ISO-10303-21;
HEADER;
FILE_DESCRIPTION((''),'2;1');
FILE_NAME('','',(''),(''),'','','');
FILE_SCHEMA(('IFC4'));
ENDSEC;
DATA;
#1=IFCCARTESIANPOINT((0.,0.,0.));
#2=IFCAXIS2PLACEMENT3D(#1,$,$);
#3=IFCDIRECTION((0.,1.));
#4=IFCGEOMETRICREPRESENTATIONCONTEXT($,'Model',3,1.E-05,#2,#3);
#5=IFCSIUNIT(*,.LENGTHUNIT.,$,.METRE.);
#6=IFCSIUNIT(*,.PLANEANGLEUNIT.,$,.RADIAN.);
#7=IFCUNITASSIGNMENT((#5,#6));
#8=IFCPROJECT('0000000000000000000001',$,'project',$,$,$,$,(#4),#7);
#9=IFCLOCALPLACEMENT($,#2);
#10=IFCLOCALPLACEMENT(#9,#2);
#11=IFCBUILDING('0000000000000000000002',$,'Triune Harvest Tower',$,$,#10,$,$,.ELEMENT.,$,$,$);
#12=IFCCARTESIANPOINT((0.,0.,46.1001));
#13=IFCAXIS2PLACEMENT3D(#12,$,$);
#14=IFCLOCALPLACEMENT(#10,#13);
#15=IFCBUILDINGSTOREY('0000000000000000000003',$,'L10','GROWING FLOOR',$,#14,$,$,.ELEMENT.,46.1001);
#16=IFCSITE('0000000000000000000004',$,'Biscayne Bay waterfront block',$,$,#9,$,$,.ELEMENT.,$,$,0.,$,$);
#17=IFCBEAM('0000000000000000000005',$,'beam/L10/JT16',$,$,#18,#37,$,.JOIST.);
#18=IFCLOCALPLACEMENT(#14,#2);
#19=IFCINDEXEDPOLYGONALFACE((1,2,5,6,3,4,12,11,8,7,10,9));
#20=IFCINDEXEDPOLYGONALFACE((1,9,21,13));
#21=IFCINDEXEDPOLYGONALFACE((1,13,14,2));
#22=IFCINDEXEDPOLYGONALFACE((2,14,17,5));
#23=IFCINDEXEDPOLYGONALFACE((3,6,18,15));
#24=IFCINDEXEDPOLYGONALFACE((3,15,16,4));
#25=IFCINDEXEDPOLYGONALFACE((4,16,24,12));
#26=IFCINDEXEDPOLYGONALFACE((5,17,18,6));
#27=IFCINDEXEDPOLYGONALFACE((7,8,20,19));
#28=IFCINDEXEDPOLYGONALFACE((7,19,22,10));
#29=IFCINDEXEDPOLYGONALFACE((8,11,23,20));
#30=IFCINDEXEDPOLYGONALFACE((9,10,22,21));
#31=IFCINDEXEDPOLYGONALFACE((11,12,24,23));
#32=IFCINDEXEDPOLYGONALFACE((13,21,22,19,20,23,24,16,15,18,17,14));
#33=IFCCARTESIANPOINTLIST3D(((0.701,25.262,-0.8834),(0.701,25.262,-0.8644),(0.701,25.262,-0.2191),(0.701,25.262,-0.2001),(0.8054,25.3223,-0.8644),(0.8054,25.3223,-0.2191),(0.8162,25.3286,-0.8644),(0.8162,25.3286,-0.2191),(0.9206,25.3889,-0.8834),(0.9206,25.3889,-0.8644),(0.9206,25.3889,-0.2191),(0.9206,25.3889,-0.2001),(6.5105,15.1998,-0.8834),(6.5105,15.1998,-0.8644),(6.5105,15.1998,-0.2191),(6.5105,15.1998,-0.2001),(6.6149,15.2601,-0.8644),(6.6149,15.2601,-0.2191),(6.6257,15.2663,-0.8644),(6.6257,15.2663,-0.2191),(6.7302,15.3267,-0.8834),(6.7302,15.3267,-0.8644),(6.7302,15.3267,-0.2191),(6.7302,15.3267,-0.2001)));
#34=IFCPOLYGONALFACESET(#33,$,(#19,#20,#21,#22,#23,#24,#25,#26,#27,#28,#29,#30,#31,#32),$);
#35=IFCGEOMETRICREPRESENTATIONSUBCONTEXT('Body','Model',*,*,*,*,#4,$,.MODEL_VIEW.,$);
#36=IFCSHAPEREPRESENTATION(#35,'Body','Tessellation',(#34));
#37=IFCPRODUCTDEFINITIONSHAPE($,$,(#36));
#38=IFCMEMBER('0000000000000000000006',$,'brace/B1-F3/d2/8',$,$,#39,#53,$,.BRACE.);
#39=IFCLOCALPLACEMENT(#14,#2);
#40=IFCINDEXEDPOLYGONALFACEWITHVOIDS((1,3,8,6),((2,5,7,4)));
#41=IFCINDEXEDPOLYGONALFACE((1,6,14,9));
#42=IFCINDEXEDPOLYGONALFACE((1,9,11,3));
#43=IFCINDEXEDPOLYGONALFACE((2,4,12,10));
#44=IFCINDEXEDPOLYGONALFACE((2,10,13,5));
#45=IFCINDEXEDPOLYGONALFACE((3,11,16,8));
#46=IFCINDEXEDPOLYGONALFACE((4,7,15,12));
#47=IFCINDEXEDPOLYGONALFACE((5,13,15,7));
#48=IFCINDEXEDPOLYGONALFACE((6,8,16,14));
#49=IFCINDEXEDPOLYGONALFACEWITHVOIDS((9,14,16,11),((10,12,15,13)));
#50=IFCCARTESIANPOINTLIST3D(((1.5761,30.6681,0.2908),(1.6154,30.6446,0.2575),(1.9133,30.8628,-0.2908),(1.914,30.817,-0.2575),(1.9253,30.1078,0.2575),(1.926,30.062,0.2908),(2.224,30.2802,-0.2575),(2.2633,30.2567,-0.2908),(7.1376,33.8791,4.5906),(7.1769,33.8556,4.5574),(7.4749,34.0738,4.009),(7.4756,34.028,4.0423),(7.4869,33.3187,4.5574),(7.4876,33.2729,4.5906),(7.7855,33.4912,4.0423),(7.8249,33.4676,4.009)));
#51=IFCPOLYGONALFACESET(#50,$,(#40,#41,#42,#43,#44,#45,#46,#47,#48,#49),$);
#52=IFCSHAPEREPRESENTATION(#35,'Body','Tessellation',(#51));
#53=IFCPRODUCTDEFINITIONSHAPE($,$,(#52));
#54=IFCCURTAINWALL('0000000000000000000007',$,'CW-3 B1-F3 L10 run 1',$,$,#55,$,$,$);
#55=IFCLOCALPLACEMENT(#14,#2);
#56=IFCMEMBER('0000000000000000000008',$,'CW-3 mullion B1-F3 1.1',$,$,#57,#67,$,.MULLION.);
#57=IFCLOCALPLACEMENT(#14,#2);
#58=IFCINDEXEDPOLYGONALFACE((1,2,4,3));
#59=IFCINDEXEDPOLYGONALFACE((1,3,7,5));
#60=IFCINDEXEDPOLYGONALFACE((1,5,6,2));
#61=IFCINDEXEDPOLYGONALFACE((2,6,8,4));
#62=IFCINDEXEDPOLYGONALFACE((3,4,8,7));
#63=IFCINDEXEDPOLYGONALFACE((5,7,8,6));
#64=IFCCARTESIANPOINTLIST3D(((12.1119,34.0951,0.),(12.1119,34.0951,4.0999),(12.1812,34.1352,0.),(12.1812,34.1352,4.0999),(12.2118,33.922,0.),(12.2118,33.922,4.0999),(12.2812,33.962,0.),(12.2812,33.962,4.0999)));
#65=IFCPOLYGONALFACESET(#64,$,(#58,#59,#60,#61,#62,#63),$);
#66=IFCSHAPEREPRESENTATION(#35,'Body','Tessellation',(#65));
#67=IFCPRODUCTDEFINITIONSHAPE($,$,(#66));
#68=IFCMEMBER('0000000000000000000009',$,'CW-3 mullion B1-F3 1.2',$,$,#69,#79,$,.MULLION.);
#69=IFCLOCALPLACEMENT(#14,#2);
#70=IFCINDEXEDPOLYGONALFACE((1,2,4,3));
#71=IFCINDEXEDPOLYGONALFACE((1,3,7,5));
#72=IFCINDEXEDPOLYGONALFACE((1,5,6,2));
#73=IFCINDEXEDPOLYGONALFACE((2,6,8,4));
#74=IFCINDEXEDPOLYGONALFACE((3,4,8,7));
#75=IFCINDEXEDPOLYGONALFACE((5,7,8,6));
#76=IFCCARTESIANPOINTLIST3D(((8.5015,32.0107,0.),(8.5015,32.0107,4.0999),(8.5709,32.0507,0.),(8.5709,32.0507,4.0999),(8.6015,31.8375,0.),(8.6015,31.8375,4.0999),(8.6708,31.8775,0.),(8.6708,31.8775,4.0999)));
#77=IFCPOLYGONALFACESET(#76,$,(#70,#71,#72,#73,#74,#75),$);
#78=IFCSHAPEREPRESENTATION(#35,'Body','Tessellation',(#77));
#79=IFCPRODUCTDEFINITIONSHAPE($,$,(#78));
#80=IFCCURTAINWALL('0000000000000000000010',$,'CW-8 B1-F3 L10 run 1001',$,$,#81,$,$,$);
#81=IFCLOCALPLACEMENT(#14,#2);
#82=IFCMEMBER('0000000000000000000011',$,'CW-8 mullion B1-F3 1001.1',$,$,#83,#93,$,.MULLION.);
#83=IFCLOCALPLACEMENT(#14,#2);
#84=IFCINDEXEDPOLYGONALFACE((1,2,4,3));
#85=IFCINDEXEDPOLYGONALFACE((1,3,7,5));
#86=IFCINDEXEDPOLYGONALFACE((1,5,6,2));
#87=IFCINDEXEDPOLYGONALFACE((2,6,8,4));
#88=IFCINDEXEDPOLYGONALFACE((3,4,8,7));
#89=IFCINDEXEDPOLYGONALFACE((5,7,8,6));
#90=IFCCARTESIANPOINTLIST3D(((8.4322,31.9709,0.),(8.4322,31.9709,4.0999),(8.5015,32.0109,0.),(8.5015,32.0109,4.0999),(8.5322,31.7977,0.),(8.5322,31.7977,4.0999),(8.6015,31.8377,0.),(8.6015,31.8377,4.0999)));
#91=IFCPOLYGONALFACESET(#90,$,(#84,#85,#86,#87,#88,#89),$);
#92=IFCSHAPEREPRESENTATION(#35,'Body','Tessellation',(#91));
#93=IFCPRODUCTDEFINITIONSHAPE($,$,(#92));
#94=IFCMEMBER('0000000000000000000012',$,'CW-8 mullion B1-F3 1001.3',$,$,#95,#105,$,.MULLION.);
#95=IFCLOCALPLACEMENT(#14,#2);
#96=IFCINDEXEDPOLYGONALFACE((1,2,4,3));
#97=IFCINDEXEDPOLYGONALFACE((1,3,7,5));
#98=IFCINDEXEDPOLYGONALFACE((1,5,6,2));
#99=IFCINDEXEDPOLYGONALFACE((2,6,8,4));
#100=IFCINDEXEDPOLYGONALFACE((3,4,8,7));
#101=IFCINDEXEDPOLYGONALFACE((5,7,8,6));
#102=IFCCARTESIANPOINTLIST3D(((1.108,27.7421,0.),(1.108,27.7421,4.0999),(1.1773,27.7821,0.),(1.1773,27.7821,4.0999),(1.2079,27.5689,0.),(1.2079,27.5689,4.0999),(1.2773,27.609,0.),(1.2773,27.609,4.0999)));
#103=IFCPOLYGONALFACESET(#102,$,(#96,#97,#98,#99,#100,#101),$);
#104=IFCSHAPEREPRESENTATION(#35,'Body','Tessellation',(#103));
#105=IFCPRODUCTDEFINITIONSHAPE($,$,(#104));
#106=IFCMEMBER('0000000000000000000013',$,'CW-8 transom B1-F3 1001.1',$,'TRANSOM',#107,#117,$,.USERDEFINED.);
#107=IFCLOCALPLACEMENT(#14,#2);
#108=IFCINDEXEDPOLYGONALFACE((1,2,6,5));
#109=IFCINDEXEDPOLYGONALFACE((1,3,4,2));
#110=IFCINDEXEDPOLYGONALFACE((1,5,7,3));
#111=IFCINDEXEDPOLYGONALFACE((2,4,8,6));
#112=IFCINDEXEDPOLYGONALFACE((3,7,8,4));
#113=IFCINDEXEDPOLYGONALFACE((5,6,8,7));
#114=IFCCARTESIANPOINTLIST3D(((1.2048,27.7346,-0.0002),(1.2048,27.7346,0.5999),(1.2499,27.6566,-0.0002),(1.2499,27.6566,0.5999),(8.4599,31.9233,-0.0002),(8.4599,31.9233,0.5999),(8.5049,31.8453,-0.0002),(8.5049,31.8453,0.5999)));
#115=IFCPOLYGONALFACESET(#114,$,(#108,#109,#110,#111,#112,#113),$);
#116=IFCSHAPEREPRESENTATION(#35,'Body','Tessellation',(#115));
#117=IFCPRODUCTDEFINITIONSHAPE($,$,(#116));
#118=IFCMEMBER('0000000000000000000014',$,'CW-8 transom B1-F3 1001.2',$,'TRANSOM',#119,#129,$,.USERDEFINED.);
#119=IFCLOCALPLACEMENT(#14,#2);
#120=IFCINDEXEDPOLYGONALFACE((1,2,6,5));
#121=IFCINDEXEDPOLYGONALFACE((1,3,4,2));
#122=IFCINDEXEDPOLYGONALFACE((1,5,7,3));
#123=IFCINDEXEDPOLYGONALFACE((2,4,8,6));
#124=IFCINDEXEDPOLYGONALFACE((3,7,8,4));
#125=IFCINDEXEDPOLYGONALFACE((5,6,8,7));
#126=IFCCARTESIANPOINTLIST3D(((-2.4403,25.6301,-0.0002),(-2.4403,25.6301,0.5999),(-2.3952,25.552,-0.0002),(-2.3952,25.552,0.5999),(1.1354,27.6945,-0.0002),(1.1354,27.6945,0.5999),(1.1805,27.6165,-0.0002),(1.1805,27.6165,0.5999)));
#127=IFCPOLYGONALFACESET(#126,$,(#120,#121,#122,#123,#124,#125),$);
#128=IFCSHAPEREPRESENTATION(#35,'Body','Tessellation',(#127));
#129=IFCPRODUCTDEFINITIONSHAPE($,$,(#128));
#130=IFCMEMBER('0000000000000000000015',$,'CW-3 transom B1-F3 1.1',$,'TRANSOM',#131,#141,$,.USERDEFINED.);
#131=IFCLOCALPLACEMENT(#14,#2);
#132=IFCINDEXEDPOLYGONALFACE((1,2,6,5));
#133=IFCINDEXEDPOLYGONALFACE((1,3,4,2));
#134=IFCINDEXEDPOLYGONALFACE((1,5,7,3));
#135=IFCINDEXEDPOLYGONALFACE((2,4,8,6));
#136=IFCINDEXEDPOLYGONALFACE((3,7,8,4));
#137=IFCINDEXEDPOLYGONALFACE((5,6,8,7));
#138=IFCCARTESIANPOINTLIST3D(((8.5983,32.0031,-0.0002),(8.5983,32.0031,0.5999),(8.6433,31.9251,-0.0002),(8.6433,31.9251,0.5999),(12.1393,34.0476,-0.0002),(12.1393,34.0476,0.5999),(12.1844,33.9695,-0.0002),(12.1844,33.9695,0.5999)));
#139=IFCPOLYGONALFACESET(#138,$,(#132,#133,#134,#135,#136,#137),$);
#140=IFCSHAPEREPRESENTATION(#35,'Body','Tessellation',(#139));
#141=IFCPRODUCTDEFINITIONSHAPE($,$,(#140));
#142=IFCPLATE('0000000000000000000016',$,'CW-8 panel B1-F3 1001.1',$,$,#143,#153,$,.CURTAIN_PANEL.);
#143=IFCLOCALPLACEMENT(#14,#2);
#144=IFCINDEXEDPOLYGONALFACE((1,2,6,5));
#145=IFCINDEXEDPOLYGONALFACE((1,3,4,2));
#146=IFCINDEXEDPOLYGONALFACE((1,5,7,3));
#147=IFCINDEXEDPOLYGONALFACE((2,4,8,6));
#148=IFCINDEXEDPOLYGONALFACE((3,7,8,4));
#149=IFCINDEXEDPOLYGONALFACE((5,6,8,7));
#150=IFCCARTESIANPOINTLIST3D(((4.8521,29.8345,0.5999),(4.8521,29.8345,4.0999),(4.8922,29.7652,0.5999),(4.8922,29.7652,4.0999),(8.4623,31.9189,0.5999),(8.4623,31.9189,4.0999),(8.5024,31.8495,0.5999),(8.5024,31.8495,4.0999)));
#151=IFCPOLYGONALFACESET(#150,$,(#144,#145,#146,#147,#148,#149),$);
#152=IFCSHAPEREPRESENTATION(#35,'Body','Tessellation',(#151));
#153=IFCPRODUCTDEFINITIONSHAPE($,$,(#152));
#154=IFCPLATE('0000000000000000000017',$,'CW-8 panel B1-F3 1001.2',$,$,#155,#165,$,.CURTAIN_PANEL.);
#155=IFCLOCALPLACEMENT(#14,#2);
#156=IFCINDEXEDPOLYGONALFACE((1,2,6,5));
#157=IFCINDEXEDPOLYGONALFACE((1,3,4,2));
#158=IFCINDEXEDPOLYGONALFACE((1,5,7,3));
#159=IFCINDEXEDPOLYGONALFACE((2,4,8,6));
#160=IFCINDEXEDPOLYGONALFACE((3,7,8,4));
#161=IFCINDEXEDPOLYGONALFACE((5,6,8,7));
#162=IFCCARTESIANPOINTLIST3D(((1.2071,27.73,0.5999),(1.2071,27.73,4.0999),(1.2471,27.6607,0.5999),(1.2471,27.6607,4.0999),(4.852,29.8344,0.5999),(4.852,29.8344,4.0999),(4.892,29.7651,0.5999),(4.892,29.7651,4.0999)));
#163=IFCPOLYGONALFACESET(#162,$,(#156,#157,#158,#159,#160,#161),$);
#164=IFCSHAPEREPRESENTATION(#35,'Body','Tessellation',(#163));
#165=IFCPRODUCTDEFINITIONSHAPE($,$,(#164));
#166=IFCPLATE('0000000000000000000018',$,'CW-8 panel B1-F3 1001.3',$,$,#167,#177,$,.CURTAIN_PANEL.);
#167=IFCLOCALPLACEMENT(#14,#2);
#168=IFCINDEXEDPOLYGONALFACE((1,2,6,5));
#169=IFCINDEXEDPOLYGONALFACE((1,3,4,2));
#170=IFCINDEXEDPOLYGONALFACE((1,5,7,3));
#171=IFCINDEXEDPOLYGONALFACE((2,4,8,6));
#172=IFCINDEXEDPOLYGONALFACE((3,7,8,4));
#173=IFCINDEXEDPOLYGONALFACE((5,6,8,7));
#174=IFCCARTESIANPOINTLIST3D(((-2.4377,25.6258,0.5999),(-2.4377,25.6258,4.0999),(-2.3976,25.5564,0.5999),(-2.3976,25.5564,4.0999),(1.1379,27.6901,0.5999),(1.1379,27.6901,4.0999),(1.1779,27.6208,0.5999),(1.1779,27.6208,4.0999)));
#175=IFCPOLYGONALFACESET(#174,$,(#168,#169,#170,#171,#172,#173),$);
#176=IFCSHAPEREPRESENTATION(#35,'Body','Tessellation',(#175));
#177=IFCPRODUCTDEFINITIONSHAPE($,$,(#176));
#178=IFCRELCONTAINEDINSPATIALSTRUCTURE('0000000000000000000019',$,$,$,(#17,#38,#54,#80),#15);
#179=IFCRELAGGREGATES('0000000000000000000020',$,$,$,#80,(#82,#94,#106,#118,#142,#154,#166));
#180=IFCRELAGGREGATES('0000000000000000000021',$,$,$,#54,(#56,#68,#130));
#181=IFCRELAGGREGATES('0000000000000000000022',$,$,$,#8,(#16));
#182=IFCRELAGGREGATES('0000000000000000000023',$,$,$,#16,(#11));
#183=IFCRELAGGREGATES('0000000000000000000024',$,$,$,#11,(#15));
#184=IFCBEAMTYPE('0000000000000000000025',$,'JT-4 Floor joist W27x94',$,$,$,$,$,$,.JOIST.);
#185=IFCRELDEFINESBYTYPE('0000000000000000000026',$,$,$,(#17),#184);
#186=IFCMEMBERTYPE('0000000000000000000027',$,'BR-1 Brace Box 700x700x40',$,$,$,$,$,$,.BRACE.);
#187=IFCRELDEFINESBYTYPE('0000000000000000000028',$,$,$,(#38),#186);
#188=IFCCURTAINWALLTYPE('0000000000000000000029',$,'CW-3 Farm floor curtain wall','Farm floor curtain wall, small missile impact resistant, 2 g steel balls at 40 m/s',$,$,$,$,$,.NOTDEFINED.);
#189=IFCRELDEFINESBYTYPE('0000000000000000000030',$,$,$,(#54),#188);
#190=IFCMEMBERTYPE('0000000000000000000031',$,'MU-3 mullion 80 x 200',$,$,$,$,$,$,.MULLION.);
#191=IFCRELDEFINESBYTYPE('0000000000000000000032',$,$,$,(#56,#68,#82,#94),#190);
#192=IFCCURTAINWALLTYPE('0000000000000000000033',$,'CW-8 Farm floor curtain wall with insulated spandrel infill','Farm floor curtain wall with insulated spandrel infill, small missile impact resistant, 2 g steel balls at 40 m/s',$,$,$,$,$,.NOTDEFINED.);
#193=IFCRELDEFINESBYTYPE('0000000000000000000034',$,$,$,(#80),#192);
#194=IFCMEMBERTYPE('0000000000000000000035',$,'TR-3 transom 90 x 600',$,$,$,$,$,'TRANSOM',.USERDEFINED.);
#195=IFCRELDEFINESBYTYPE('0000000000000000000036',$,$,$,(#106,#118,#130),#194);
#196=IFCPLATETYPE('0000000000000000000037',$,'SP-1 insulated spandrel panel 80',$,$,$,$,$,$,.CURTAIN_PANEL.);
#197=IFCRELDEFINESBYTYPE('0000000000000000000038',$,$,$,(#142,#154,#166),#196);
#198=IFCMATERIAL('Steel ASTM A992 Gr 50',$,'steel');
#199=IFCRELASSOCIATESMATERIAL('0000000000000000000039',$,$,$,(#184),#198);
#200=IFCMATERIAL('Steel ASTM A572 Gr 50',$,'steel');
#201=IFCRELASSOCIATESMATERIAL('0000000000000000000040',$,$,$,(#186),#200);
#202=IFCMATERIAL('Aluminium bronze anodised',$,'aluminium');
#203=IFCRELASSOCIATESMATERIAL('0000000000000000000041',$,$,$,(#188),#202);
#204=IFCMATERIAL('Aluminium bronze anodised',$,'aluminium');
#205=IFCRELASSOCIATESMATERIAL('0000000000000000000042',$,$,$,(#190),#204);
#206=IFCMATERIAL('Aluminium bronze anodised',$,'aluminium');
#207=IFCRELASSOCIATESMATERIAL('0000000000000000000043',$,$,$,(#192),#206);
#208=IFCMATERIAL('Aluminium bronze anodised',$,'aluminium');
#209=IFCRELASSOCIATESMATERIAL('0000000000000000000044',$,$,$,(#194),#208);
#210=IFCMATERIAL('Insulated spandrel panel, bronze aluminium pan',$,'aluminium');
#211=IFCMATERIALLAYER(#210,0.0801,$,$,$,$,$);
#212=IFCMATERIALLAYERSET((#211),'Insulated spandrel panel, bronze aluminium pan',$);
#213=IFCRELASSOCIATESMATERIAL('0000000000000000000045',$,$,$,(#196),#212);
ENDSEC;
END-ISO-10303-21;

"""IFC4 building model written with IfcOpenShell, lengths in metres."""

from ifc_helpers import new_model, si_unit, direction, frame, origin, origin_2d, place, context, subcontext, project, spatial, rectangle, hollow_rectangle, i_section, extrude, source, transform, mapped, material, layer, layer_set, material_profile, profile_set, type_object, element, aggregate, save


model = new_model("IFC4")

# Units and contexts
model_context = context("Model", 3, precision=1e-05, world=origin(), true_north=direction((0.0, 1.0)))
body_context = subcontext(model_context, "Body", "Model", "MODEL_VIEW")
ifc_project = project(units=[si_unit("LENGTHUNIT", "METRE"), si_unit("PLANEANGLEUNIT", "RADIAN")], contexts=[model_context])

# Site, building, storey
site_placement = place(None, origin())
site = spatial("IfcSite", under=ifc_project, at=site_placement, Name="Biscayne Bay waterfront block", CompositionType="ELEMENT", RefElevation=0.0)
building_placement = place(site_placement, origin())
building = spatial("IfcBuilding", under=site, at=building_placement, Name="Triune Harvest Tower", CompositionType="ELEMENT")
storey_placement = place(building_placement, frame((0.0, 0.0, 46.1001)))
storey = spatial("IfcBuildingStorey", under=building, at=storey_placement, Name="L10", Description="GROWING FLOOR", CompositionType="ELEMENT", Elevation=46.1001)

# Beam
ifc_material_1 = material(Name="Steel ASTM A992 Gr 50", Category="steel")
ifc_material_profile_1 = material_profile(ifc_material_1, i_section(OverallWidth=0.2537, OverallDepth=0.6833, WebThickness=0.0125, FlangeThickness=0.019, at=origin_2d()), Name="W27x94")
ifc_profile_set_1 = profile_set([ifc_material_profile_1], Name="Steel ASTM A992 Gr 50")
beam_type_1 = type_object("IfcBeamType", Name="JT-4 Floor joist W27x94", PredefinedType="JOIST", material=ifc_profile_set_1)
shared_shape_1 = source(origin(), body_context, "Body", "SweptSolid", [
    extrude(i_section(OverallWidth=0.2537, OverallDepth=0.6833, WebThickness=0.0125, FlangeThickness=0.019, at=origin_2d()), origin(), (0.0, 0.0, 1.0), 11.6189),
])
beam_1_placement = place(storey_placement, frame((0.8108, 25.3254, -0.5417), z_axis=(0.500008, -0.866021, 0.0), x_axis=(0.866021, 0.500008, 0.0)))
element("IfcBeam", 1, at=beam_1_placement, inside=storey, type_object=beam_type_1, Name="beam/L10/JT16", PredefinedType="JOIST", context=body_context, shape_type="MappedRepresentation", body=[
    mapped(shared_shape_1, transform((0.0, 0.0, 0.0), scale=1.0)),
])

# Member
ifc_material_2 = material(Name="Steel ASTM A572 Gr 50", Category="steel")
ifc_material_profile_2 = material_profile(ifc_material_2, hollow_rectangle(XDim=0.7, YDim=0.7, WallThickness=0.04, at=origin_2d()), Name="Box 700x700x40")
ifc_profile_set_2 = profile_set([ifc_material_profile_2], Name="Steel ASTM A572 Gr 50")
member_type_1 = type_object("IfcMemberType", Name="BR-1 Brace Box 700x700x40", PredefinedType="BRACE", material=ifc_profile_set_2)
shared_shape_2 = source(origin(), body_context, "Body", "SweptSolid", [
    extrude(hollow_rectangle(XDim=0.7, YDim=0.7, WallThickness=0.04, at=origin_2d()), origin(), (0.0, 0.0, 1.0), 7.7285),
])
member_1_placement = place(storey_placement, frame((1.9197, 30.4624, 0.0), z_axis=(0.719617, 0.41547, 0.55636), x_axis=(-0.499999, 0.866026, 0.0)))
element("IfcMember", 2, at=member_1_placement, inside=storey, type_object=member_type_1, Name="brace/B1-F3/d2/8", PredefinedType="BRACE", context=body_context, shape_type="MappedRepresentation", body=[
    mapped(shared_shape_2, transform((0.0, 0.0, 0.0), scale=1.0)),
])

# Curtain walls, members
ifc_material_3 = material(Name="Aluminium bronze anodised", Category="aluminium")
curtain_wall_type_1 = type_object("IfcCurtainWallType", Name="CW-3 Farm floor curtain wall", Description="Farm floor curtain wall, small missile impact resistant, 2 g steel balls at 40 m/s", PredefinedType="NOTDEFINED", material=ifc_material_3)
curtain_wall_1_placement = place(storey_placement, origin())
curtain_wall_1 = element("IfcCurtainWall", 3, at=curtain_wall_1_placement, inside=storey, type_object=curtain_wall_type_1, Name="CW-3 B1-F3 L10 run 1")
ifc_material_4 = material(Name="Aluminium bronze anodised", Category="aluminium")
ifc_material_profile_3 = material_profile(ifc_material_4, rectangle(XDim=0.2, YDim=0.0801, at=origin_2d()), Name="MU-3 mullion 80 x 200")
ifc_profile_set_3 = profile_set([ifc_material_profile_3], Name="Aluminium bronze anodised")
member_type_2 = type_object("IfcMemberType", Name="MU-3 mullion 80 x 200", PredefinedType="MULLION", material=ifc_profile_set_3)
shared_shape_3 = source(origin(), body_context, "Body", "SweptSolid", [
    extrude(rectangle(XDim=0.2, YDim=0.0801, at=origin_2d()), origin(), (0.0, 0.0, 1.0), 4.0999),
])
member_2_placement = place(storey_placement, frame((12.1965, 34.0286, 0.0), z_axis=(0.0, 0.0, 1.0), x_axis=(0.500001, -0.866025, 0.0)))
member_2 = element("IfcMember", 4, at=member_2_placement, type_object=member_type_2, Name="CW-3 mullion B1-F3 1.1", PredefinedType="MULLION", context=body_context, shape_type="MappedRepresentation", body=[
    mapped(shared_shape_3, transform((0.0, 0.0, 0.0), scale=1.0)),
])
member_3_placement = place(storey_placement, frame((8.5862, 31.9441, 0.0), z_axis=(0.0, 0.0, 1.0), x_axis=(0.500001, -0.866025, 0.0)))
member_3 = element("IfcMember", 5, at=member_3_placement, type_object=member_type_2, Name="CW-3 mullion B1-F3 1.2", PredefinedType="MULLION", context=body_context, shape_type="MappedRepresentation", body=[
    mapped(shared_shape_3, transform((0.0, 0.0, 0.0), scale=1.0)),
])
ifc_material_5 = material(Name="Aluminium bronze anodised", Category="aluminium")
curtain_wall_type_2 = type_object("IfcCurtainWallType", Name="CW-8 Farm floor curtain wall with insulated spandrel infill", Description="Farm floor curtain wall with insulated spandrel infill, small missile impact resistant, 2 g steel balls at 40 m/s", PredefinedType="NOTDEFINED", material=ifc_material_5)
curtain_wall_2_placement = place(storey_placement, origin())
curtain_wall_2 = element("IfcCurtainWall", 6, at=curtain_wall_2_placement, inside=storey, type_object=curtain_wall_type_2, Name="CW-8 B1-F3 L10 run 1001")
member_4_placement = place(storey_placement, frame((8.5168, 31.9043, 0.0), z_axis=(0.0, 0.0, 1.0), x_axis=(0.500001, -0.866025, 0.0)))
member_4 = element("IfcMember", 7, at=member_4_placement, type_object=member_type_2, Name="CW-8 mullion B1-F3 1001.1", PredefinedType="MULLION", context=body_context, shape_type="MappedRepresentation", body=[
    mapped(shared_shape_3, transform((0.0, 0.0, 0.0), scale=1.0)),
])
member_5_placement = place(storey_placement, frame((1.1926, 27.6755, 0.0), z_axis=(0.0, 0.0, 1.0), x_axis=(0.500001, -0.866025, 0.0)))
member_5 = element("IfcMember", 8, at=member_5_placement, type_object=member_type_2, Name="CW-8 mullion B1-F3 1001.3", PredefinedType="MULLION", context=body_context, shape_type="MappedRepresentation", body=[
    mapped(shared_shape_3, transform((0.0, 0.0, 0.0), scale=1.0)),
])
ifc_material_6 = material(Name="Aluminium bronze anodised", Category="aluminium")
ifc_material_profile_4 = material_profile(ifc_material_6, rectangle(XDim=0.0901, YDim=0.6001, at=origin_2d()), Name="TR-3 transom 90 x 600")
ifc_profile_set_4 = profile_set([ifc_material_profile_4], Name="Aluminium bronze anodised")
member_type_3 = type_object("IfcMemberType", Name="TR-3 transom 90 x 600", ElementType="TRANSOM", PredefinedType="USERDEFINED", material=ifc_profile_set_4)
shared_shape_4 = source(origin(), body_context, "Body", "SweptSolid", [
    extrude(rectangle(XDim=0.0901, YDim=0.6001, at=origin_2d()), origin(), (0.0, 0.0, 1.0), 8.3774),
])
member_6_placement = place(storey_placement, frame((8.4824, 31.8843, 0.2998), z_axis=(-0.866027, -0.499997, 0.0), x_axis=(0.499997, -0.866027, 0.0)))
member_6 = element("IfcMember", 9, at=member_6_placement, type_object=member_type_3, Name="CW-8 transom B1-F3 1001.1", ObjectType="TRANSOM", PredefinedType="USERDEFINED", context=body_context, shape_type="MappedRepresentation", body=[
    mapped(shared_shape_4, transform((0.0, 0.0, 0.0), scale=1.0)),
])
shared_shape_5 = source(origin(), body_context, "Body", "SweptSolid", [
    extrude(rectangle(XDim=0.0901, YDim=0.6001, at=origin_2d()), origin(), (0.0, 0.0, 1.0), 4.1289),
])
member_7_placement = place(storey_placement, frame((1.158, 27.6555, 0.2998), z_axis=(-0.866022, -0.500006, 0.0), x_axis=(0.500006, -0.866022, 0.0)))
member_7 = element("IfcMember", 10, at=member_7_placement, type_object=member_type_3, Name="CW-8 transom B1-F3 1001.2", ObjectType="TRANSOM", PredefinedType="USERDEFINED", context=body_context, shape_type="MappedRepresentation", body=[
    mapped(shared_shape_5, transform((0.0, 0.0, 0.0), scale=1.0)),
])

# Member
shared_shape_6 = source(origin(), body_context, "Body", "SweptSolid", [
    extrude(rectangle(XDim=0.0901, YDim=0.6001, at=origin_2d()), origin(), (0.0, 0.0, 1.0), 4.0889),
])
member_8_placement = place(storey_placement, frame((12.1619, 34.0085, 0.2998), z_axis=(-0.866023, -0.500005, 0.0), x_axis=(0.500005, -0.866023, 0.0)))
member_8 = element("IfcMember", 11, at=member_8_placement, type_object=member_type_3, Name="CW-3 transom B1-F3 1.1", ObjectType="TRANSOM", PredefinedType="USERDEFINED", context=body_context, shape_type="MappedRepresentation", body=[
    mapped(shared_shape_6, transform((0.0, 0.0, 0.0), scale=1.0)),
])

# Plates
ifc_material_7 = material(Name="Insulated spandrel panel, bronze aluminium pan", Category="aluminium")
ifc_layer_1 = layer(ifc_material_7, 0.0801)
ifc_layer_set_1 = layer_set([ifc_layer_1], Name="Insulated spandrel panel, bronze aluminium pan")
plate_type_1 = type_object("IfcPlateType", Name="SP-1 insulated spandrel panel 80", PredefinedType="CURTAIN_PANEL", material=ifc_layer_set_1)
shared_shape_7 = source(origin(), body_context, "Body", "SweptSolid", [
    extrude(rectangle(XDim=4.1687, YDim=0.0801, at=origin_2d()), origin(), (0.0, 0.0, 1.0), 3.5),
])
plate_1_placement = place(storey_placement, frame((6.6772, 30.842, 0.5999), z_axis=(0.0, 0.0, 1.0), x_axis=(-0.866025, -0.500001, 0.0)))
plate_1 = element("IfcPlate", 12, at=plate_1_placement, type_object=plate_type_1, Name="CW-8 panel B1-F3 1001.1", PredefinedType="CURTAIN_PANEL", context=body_context, shape_type="MappedRepresentation", body=[
    mapped(shared_shape_7, transform((0.0, 0.0, 0.0), scale=1.0)),
])
shared_shape_8 = source(origin(), body_context, "Body", "SweptSolid", [
    extrude(rectangle(XDim=4.2087, YDim=0.0801, at=origin_2d()), origin(), (0.0, 0.0, 1.0), 3.5),
])
plate_2_placement = place(storey_placement, frame((3.0496, 28.7476, 0.5999), z_axis=(0.0, 0.0, 1.0), x_axis=(-0.866025, -0.500001, 0.0)))
plate_2 = element("IfcPlate", 13, at=plate_2_placement, type_object=plate_type_1, Name="CW-8 panel B1-F3 1001.2", PredefinedType="CURTAIN_PANEL", context=body_context, shape_type="MappedRepresentation", body=[
    mapped(shared_shape_8, transform((0.0, 0.0, 0.0), scale=1.0)),
])
shared_shape_9 = source(origin(), body_context, "Body", "SweptSolid", [
    extrude(rectangle(XDim=4.1287, YDim=0.0801, at=origin_2d()), origin(), (0.0, 0.0, 1.0), 3.5),
])
plate_3_placement = place(storey_placement, frame((-0.6299, 26.6233, 0.5999), z_axis=(0.0, 0.0, 1.0), x_axis=(-0.866025, -0.500001, 0.0)))
plate_3 = element("IfcPlate", 14, at=plate_3_placement, type_object=plate_type_1, Name="CW-8 panel B1-F3 1001.3", PredefinedType="CURTAIN_PANEL", context=body_context, shape_type="MappedRepresentation", body=[
    mapped(shared_shape_9, transform((0.0, 0.0, 0.0), scale=1.0)),
])
aggregate(curtain_wall_2, [member_4, member_5, member_6, member_7, plate_1, plate_2, plate_3])
aggregate(curtain_wall_1, [member_2, member_3, member_8])

save(model, "model.ifc")
